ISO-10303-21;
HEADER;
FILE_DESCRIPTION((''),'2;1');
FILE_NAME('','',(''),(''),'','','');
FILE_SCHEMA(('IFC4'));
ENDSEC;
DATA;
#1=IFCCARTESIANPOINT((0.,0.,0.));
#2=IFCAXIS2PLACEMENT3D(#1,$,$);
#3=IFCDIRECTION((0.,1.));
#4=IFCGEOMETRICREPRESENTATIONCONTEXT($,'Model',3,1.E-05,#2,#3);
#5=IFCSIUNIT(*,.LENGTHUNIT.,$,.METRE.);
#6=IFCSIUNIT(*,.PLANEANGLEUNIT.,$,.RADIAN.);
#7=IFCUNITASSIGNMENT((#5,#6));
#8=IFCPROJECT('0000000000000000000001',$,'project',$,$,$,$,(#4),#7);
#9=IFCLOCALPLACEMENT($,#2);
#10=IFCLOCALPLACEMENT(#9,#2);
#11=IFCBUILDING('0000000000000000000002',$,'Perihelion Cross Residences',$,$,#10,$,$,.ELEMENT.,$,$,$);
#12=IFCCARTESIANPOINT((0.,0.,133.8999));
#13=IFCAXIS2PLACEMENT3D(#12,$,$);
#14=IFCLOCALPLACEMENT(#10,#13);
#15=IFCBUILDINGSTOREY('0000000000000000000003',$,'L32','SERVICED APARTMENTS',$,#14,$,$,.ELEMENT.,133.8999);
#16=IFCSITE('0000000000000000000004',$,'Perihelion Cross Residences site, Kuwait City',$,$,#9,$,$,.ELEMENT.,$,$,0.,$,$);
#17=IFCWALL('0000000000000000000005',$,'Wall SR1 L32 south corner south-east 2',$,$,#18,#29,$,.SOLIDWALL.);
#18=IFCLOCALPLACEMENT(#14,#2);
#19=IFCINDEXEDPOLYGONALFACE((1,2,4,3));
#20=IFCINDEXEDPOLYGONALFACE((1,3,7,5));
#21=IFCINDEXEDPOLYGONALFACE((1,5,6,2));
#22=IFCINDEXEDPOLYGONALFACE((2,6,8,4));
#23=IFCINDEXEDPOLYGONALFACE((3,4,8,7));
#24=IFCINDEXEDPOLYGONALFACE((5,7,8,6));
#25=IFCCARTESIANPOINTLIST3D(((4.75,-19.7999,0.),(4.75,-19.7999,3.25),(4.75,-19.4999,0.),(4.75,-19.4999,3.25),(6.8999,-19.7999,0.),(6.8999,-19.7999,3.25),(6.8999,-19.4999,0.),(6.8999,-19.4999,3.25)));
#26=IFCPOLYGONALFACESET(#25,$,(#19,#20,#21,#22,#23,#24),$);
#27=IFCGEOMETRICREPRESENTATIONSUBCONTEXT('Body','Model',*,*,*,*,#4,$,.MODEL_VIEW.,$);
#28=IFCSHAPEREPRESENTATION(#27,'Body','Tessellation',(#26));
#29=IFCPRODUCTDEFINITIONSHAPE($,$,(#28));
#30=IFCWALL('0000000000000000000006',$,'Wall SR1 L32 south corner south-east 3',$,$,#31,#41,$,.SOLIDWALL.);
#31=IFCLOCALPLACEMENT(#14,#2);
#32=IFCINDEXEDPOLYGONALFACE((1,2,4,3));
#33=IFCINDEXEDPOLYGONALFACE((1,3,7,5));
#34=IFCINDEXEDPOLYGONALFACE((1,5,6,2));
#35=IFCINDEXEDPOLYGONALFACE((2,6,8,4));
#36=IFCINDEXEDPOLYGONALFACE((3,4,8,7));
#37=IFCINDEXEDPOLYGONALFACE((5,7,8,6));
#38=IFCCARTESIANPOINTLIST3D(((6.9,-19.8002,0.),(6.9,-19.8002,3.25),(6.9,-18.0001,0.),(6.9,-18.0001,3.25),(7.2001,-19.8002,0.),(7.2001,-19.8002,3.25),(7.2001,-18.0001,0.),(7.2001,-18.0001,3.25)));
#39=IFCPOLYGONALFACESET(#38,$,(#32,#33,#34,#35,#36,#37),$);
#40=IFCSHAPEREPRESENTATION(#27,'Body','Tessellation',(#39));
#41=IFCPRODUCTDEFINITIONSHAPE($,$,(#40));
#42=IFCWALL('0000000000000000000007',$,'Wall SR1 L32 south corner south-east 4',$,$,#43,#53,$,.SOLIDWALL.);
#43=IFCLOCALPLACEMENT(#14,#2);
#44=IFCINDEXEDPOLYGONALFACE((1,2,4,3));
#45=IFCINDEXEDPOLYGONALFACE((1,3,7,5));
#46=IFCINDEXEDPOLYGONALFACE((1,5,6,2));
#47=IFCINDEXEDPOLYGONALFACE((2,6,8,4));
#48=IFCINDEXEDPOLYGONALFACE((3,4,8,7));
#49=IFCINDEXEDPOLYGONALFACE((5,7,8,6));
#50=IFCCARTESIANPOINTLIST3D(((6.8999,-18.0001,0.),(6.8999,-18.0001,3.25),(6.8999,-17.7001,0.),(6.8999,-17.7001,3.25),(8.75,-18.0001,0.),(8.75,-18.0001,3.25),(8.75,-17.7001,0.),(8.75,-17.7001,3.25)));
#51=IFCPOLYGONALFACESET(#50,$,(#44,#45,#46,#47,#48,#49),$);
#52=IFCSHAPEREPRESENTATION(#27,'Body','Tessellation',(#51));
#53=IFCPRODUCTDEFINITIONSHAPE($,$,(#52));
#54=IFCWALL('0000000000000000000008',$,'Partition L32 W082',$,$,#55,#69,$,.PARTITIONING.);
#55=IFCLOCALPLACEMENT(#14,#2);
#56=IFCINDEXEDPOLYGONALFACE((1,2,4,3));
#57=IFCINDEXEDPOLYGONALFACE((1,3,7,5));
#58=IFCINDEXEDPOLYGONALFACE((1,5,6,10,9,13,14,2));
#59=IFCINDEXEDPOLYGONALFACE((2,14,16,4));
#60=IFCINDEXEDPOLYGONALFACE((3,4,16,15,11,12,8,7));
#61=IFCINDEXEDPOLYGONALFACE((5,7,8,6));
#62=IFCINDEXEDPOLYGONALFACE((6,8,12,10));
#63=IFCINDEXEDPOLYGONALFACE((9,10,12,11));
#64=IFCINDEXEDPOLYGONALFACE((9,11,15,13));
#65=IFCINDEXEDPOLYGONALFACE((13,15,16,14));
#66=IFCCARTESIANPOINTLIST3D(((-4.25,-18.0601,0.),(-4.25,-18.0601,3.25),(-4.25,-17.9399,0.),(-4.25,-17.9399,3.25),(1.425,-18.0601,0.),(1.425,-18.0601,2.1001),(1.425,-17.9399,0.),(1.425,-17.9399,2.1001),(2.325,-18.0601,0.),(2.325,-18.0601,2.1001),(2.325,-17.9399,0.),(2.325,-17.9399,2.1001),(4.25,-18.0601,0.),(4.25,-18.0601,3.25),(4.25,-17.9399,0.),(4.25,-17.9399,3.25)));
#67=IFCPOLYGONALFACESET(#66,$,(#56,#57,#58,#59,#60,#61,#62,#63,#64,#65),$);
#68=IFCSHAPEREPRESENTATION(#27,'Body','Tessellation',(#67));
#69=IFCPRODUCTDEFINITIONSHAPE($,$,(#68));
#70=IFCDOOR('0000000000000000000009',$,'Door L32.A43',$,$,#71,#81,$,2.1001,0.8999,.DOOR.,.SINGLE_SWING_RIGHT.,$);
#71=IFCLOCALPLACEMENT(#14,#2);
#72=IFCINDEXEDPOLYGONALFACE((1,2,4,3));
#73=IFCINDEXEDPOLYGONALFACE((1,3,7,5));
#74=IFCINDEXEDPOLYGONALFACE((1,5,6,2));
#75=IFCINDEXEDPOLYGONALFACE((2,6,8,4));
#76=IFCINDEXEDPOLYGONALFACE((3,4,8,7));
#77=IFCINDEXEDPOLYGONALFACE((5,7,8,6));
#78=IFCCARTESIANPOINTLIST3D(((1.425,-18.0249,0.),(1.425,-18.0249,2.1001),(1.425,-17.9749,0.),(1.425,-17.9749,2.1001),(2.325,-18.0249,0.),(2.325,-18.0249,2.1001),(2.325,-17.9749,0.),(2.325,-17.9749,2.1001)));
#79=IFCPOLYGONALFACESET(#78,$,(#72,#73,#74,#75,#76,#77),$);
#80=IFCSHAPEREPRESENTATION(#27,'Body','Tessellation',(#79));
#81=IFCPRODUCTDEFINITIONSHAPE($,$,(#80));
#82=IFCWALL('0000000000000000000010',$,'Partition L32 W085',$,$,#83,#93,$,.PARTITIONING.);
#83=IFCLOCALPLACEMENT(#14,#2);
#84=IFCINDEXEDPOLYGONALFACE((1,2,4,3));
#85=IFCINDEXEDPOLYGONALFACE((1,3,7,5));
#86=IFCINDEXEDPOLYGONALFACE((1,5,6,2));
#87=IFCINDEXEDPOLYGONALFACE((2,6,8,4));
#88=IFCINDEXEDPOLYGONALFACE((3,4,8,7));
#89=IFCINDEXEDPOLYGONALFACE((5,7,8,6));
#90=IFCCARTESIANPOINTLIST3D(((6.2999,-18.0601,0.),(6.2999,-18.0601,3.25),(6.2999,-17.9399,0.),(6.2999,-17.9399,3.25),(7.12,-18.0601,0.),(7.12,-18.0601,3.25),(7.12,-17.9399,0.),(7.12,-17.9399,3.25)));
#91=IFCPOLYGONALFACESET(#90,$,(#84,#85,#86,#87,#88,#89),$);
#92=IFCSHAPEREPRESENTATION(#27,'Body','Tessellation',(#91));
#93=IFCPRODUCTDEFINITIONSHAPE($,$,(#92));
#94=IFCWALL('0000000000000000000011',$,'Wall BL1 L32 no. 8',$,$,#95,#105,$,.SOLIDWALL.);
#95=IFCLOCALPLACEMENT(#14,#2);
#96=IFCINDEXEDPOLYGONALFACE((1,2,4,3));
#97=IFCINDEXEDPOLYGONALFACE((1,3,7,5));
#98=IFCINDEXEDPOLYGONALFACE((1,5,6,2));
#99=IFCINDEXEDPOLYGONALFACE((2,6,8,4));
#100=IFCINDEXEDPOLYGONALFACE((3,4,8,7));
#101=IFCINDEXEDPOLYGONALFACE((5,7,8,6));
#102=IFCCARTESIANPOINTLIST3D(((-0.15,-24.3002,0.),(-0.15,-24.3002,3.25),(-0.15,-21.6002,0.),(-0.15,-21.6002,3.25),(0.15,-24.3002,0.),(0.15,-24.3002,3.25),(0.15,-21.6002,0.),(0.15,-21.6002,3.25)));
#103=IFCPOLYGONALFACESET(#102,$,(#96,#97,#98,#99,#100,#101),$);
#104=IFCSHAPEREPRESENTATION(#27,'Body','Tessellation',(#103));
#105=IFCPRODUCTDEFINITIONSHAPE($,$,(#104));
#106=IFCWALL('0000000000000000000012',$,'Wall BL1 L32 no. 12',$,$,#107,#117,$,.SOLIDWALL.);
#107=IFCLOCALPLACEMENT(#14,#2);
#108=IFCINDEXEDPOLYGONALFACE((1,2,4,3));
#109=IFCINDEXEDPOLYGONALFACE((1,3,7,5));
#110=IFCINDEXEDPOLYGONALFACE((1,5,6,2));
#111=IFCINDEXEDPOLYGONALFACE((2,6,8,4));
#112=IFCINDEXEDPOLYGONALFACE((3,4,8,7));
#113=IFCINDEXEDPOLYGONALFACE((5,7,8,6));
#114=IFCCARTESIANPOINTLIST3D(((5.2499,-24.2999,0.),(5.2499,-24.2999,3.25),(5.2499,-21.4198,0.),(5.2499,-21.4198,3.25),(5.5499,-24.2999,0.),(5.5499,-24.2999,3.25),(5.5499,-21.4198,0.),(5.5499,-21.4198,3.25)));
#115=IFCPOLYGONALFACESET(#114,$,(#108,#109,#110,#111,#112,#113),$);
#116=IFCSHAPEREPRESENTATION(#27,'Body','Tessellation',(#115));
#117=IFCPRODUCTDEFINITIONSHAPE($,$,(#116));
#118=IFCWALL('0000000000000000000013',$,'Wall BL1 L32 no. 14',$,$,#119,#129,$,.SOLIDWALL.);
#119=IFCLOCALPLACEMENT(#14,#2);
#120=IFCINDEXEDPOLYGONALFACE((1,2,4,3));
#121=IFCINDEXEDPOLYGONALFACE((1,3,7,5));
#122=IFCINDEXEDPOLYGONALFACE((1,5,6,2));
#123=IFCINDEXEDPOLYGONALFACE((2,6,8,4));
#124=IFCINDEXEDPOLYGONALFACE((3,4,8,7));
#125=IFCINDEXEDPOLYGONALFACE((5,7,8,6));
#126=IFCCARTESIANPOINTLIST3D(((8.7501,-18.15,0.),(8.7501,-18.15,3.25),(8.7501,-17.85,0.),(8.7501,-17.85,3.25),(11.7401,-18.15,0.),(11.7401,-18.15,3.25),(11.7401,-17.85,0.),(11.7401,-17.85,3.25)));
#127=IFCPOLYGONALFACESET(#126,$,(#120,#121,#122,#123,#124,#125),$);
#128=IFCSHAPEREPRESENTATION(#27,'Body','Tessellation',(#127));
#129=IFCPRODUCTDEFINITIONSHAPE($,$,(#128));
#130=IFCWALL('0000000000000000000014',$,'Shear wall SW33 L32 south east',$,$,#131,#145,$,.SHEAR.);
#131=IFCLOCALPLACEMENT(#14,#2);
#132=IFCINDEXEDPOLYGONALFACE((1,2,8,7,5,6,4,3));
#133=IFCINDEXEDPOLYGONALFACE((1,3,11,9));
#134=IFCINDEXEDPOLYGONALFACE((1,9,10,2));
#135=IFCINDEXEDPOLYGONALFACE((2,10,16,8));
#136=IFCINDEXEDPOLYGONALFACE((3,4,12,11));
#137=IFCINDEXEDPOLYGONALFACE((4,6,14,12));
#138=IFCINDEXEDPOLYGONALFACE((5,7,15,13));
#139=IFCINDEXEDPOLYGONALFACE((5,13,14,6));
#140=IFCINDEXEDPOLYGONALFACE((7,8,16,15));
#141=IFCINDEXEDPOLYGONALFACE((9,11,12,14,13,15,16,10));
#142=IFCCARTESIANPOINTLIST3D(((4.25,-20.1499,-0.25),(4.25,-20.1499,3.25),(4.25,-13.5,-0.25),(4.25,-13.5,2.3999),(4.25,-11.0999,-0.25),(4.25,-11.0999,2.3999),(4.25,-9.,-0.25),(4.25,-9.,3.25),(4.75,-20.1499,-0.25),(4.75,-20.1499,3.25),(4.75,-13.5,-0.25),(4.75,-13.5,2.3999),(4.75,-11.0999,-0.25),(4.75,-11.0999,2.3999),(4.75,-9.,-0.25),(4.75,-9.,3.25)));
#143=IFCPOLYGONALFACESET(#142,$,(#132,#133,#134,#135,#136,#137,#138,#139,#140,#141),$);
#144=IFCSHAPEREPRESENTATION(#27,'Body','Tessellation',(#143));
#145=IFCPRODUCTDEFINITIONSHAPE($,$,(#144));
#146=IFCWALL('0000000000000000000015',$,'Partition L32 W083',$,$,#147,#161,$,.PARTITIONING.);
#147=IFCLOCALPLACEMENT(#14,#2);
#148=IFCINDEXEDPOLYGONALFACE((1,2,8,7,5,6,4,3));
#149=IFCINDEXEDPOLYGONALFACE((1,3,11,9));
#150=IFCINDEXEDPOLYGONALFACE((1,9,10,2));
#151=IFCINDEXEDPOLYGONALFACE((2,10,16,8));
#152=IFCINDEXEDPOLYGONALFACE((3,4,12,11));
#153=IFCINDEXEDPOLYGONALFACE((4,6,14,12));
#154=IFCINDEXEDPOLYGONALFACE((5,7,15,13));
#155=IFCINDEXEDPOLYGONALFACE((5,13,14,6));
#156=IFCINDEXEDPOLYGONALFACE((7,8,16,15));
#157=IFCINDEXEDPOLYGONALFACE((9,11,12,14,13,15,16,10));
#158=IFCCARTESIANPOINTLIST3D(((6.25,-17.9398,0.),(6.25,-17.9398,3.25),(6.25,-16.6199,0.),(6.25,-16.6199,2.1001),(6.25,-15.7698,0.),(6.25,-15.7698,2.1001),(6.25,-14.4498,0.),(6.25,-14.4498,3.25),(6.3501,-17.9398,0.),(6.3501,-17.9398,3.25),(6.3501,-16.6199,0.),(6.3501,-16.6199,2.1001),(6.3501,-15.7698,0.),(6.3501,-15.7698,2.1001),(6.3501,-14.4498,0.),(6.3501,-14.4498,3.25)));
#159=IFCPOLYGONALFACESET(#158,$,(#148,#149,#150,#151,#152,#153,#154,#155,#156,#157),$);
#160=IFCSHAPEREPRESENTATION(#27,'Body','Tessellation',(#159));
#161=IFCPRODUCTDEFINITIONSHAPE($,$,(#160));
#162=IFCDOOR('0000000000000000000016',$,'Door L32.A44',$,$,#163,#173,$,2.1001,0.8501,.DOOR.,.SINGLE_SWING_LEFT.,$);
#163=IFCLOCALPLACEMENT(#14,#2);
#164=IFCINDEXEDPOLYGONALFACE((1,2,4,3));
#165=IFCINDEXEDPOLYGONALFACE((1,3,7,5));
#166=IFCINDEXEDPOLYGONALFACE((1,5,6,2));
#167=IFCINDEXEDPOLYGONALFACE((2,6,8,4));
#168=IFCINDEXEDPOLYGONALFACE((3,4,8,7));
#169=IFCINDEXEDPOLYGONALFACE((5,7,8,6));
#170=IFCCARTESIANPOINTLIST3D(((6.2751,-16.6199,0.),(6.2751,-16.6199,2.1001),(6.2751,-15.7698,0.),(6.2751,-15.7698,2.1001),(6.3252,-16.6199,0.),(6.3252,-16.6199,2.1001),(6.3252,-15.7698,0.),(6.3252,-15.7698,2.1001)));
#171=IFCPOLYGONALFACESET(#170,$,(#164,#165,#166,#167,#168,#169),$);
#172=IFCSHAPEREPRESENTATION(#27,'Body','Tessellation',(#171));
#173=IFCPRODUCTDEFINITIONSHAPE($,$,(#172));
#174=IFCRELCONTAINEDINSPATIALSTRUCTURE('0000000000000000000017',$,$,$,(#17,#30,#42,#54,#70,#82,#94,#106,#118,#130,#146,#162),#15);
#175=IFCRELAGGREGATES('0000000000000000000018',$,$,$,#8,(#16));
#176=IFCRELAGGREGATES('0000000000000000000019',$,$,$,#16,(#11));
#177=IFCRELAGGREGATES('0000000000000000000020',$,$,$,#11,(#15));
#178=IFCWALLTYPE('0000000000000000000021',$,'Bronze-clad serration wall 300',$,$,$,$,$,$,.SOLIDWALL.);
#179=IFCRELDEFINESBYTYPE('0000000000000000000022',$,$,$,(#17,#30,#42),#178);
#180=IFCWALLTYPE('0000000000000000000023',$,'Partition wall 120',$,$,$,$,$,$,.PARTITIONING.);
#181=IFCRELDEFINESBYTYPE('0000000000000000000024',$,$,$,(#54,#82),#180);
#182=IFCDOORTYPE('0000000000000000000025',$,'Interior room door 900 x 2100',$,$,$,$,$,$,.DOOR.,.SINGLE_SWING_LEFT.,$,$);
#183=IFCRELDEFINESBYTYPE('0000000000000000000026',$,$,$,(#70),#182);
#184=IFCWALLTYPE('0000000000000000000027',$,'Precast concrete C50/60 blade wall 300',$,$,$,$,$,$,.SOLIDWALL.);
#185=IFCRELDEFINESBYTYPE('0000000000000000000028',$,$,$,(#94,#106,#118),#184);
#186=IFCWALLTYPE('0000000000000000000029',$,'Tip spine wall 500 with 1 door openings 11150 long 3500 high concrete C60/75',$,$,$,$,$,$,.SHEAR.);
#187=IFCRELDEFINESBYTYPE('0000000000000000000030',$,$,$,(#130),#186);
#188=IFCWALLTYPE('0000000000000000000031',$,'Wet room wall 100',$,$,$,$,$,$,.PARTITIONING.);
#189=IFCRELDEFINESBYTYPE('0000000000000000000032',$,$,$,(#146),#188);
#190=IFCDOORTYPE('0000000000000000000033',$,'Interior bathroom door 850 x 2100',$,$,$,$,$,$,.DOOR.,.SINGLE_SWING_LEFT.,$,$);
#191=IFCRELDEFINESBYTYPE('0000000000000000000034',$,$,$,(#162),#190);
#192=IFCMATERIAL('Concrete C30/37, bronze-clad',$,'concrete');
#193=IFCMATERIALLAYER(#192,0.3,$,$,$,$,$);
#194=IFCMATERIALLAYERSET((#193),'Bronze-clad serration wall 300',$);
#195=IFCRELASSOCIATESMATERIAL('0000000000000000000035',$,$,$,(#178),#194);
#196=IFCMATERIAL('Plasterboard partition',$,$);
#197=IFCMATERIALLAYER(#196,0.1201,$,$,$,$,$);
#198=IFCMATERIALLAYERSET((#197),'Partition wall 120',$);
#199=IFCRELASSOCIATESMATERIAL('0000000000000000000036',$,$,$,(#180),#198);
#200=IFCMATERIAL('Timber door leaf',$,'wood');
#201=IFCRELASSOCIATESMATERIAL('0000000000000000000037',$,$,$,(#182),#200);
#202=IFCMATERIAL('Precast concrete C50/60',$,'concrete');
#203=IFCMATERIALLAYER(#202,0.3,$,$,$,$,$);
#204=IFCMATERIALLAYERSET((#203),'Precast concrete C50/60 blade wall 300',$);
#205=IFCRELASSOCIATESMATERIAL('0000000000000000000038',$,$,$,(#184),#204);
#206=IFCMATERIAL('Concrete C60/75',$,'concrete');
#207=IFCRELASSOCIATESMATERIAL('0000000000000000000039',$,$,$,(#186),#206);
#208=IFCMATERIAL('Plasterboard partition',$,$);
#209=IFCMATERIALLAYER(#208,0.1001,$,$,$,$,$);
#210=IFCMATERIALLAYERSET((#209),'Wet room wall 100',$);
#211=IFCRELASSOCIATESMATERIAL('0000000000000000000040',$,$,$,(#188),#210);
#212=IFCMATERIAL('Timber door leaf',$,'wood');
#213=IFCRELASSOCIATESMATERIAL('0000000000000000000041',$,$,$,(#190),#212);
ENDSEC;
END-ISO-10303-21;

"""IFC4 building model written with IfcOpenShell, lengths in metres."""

from ifc_helpers import new_model, si_unit, direction, frame, frame_2d, origin, place, context, subcontext, project, spatial, polyline, rectangle, outline, extrude, material, layer, layer_set, material_profile, profile_set, type_object, element, fill, save


model = new_model("IFC4")

# Units and contexts
model_context = context("Model", 3, precision=1e-05, world=origin(), true_north=direction((0.0, 1.0)))
body_context = subcontext(model_context, "Body", "Model", "MODEL_VIEW")
ifc_project = project(units=[si_unit("LENGTHUNIT", "METRE"), si_unit("PLANEANGLEUNIT", "RADIAN")], contexts=[model_context])

# Site, building, storey
site_placement = place(None, origin())
site = spatial("IfcSite", under=ifc_project, at=site_placement, Name="Perihelion Cross Residences site, Kuwait City", CompositionType="ELEMENT", RefElevation=0.0)
building_placement = place(site_placement, origin())
building = spatial("IfcBuilding", under=site, at=building_placement, Name="Perihelion Cross Residences", CompositionType="ELEMENT")
storey_placement = place(building_placement, frame((0.0, 0.0, 133.8999)))
storey = spatial("IfcBuildingStorey", under=building, at=storey_placement, Name="L32", Description="SERVICED APARTMENTS", CompositionType="ELEMENT", Elevation=133.8999)

# Walls
ifc_material_1 = material(Name="Concrete C30/37, bronze-clad", Category="concrete")
ifc_layer_1 = layer(ifc_material_1, 0.3)
ifc_layer_set_1 = layer_set([ifc_layer_1], Name="Bronze-clad serration wall 300")
wall_type_1 = type_object("IfcWallType", Name="Bronze-clad serration wall 300", PredefinedType="SOLIDWALL", material=ifc_layer_set_1)
wall_1_placement = place(storey_placement, frame((4.75, -19.6499, 0.0), z_axis=(0.0, 0.0, 1.0), x_axis=(1.0, 0.0, 0.0)))
element("IfcWall", 1, at=wall_1_placement, inside=storey, type_object=wall_type_1, Name="Wall SR1 L32 south corner south-east 2", PredefinedType="SOLIDWALL", context=body_context, shape_type="SweptSolid", body=[
    extrude(rectangle(XDim=2.1499, YDim=0.3, at=frame_2d((1.075, 0.0))), origin(), (0.0, 0.0, 1.0), 3.25),
])
wall_2_placement = place(storey_placement, frame((7.05, -19.8, 0.0), z_axis=(0.0, 0.0, 1.0), x_axis=(0.0, 1.0, 0.0)))
element("IfcWall", 2, at=wall_2_placement, inside=storey, type_object=wall_type_1, Name="Wall SR1 L32 south corner south-east 3", PredefinedType="SOLIDWALL", context=body_context, shape_type="SweptSolid", body=[
    extrude(rectangle(XDim=1.8, YDim=0.3, at=frame_2d((0.8999, 0.0))), origin(), (0.0, 0.0, 1.0), 3.25),
])
wall_3_placement = place(storey_placement, frame((6.8999, -17.8501, 0.0), z_axis=(0.0, 0.0, 1.0), x_axis=(1.0, 0.0, 0.0)))
element("IfcWall", 3, at=wall_3_placement, inside=storey, type_object=wall_type_1, Name="Wall SR1 L32 south corner south-east 4", PredefinedType="SOLIDWALL", context=body_context, shape_type="SweptSolid", body=[
    extrude(rectangle(XDim=1.8501, YDim=0.3, at=frame_2d((0.925, 0.0))), origin(), (0.0, 0.0, 1.0), 3.25),
])

# Wall, opening, door
ifc_material_2 = material(Name="Plasterboard partition")
ifc_layer_2 = layer(ifc_material_2, 0.1201)
ifc_layer_set_2 = layer_set([ifc_layer_2], Name="Partition wall 120")
wall_type_2 = type_object("IfcWallType", Name="Partition wall 120", PredefinedType="PARTITIONING", material=ifc_layer_set_2)
wall_4_placement = place(storey_placement, frame((4.25, -18.0, 0.0), z_axis=(0.0, 0.0, 1.0), x_axis=(-1.0, 0.0, 0.0)))
wall_4 = element("IfcWall", 4, at=wall_4_placement, inside=storey, type_object=wall_type_2, Name="Partition L32 W082", PredefinedType="PARTITIONING", context=body_context, shape_type="SweptSolid", body=[
    extrude(rectangle(XDim=8.5, YDim=0.1201, at=frame_2d((4.25, 0.0))), origin(), (0.0, 0.0, 1.0), 3.25),
])
opening_1_placement = place(wall_4_placement, frame((1.925, 0.0, 0.0)))
opening_1 = element("IfcOpeningElement", 5, at=opening_1_placement, cuts=wall_4, PredefinedType="OPENING", context=body_context, shape_type="SweptSolid", body=[
    extrude(rectangle(XDim=0.8999, YDim=2.1001, at=frame_2d((0.45, 1.05))), frame((0.0, 0.0701, 0.0), z_axis=(0.0, -1.0, 0.0), x_axis=(1.0, 0.0, 0.0)), (0.0, 0.0, 1.0), 0.1401),
])
ifc_material_3 = material(Name="Timber door leaf", Category="wood")
door_type_1 = type_object("IfcDoorType", Name="Interior room door 900 x 2100", OperationType="SINGLE_SWING_LEFT", PredefinedType="DOOR", material=ifc_material_3)
door_1_placement = place(opening_1_placement, origin())
door_1 = element("IfcDoor", 6, at=door_1_placement, inside=storey, type_object=door_type_1, Name="Door L32.A43", OperationType="SINGLE_SWING_RIGHT", OverallHeight=2.1001, OverallWidth=0.8999, PredefinedType="DOOR", context=body_context, shape_type="SweptSolid", body=[
    extrude(rectangle(XDim=0.8999, YDim=2.1001, at=frame_2d((0.45, 1.05))), frame((0.0, 0.0249, 0.0), z_axis=(0.0, -1.0, 0.0), x_axis=(1.0, 0.0, 0.0)), (0.0, 0.0, 1.0), 0.05),
])
fill(opening_1, door_1)

# Walls
wall_5_placement = place(storey_placement, frame((7.1201, -18.0, 0.0), z_axis=(0.0, 0.0, 1.0), x_axis=(-1.0, 0.0, 0.0)))
element("IfcWall", 7, at=wall_5_placement, inside=storey, type_object=wall_type_2, Name="Partition L32 W085", PredefinedType="PARTITIONING", context=body_context, shape_type="SweptSolid", body=[
    extrude(rectangle(XDim=0.8201, YDim=0.1201, at=frame_2d((0.4102, 0.0))), origin(), (0.0, 0.0, 1.0), 3.25),
])
ifc_material_4 = material(Name="Precast concrete C50/60", Category="concrete")
ifc_layer_3 = layer(ifc_material_4, 0.3)
ifc_layer_set_3 = layer_set([ifc_layer_3], Name="Precast concrete C50/60 blade wall 300")
wall_type_3 = type_object("IfcWallType", Name="Precast concrete C50/60 blade wall 300", PredefinedType="SOLIDWALL", material=ifc_layer_set_3)
wall_6_placement = place(storey_placement, frame((0.0, -21.6001, 0.0), z_axis=(0.0, 0.0, 1.0), x_axis=(0.0, -1.0, 0.0)))
element("IfcWall", 8, at=wall_6_placement, inside=storey, type_object=wall_type_3, Name="Wall BL1 L32 no. 8", PredefinedType="SOLIDWALL", context=body_context, shape_type="SweptSolid", body=[
    extrude(rectangle(XDim=2.7, YDim=0.3, at=frame_2d((1.3501, 0.0))), origin(), (0.0, 0.0, 1.0), 3.25),
])
wall_7_placement = place(storey_placement, frame((5.3999, -21.4199, 0.0), z_axis=(0.0, 0.0, 1.0), x_axis=(0.0, -1.0, 0.0)))
element("IfcWall", 9, at=wall_7_placement, inside=storey, type_object=wall_type_3, Name="Wall BL1 L32 no. 12", PredefinedType="SOLIDWALL", context=body_context, shape_type="SweptSolid", body=[
    extrude(rectangle(XDim=2.8801, YDim=0.3, at=frame_2d((1.4399, 0.0))), origin(), (0.0, 0.0, 1.0), 3.25),
])
wall_8_placement = place(storey_placement, frame((8.75, -18.0, 0.0), z_axis=(0.0, 0.0, 1.0), x_axis=(1.0, 0.0, 0.0)))
element("IfcWall", 10, at=wall_8_placement, inside=storey, type_object=wall_type_3, Name="Wall BL1 L32 no. 14", PredefinedType="SOLIDWALL", context=body_context, shape_type="SweptSolid", body=[
    extrude(rectangle(XDim=2.99, YDim=0.3, at=frame_2d((1.4951, 0.0))), origin(), (0.0, 0.0, 1.0), 3.25),
])
ifc_material_5 = material(Name="Concrete C60/75", Category="concrete")
ifc_material_profile_1 = material_profile(ifc_material_5, outline(polyline([(0.0, 0.0), (6.6499, 0.0), (6.6499, 2.6499), (9.05, 2.6499), (9.05, 0.0), (11.1499, 0.0), (11.1499, 3.5), (0.0, 3.5), (0.0, 0.0)])), Name="Tip spine wall")
ifc_profile_set_1 = profile_set([ifc_material_profile_1], Name="Concrete C60/75")
wall_type_4 = type_object("IfcWallType", Name="Tip spine wall 500 with 1 door openings 11150 long 3500 high concrete C60/75", PredefinedType="SHEAR", material=ifc_profile_set_1)
wall_9_placement = place(storey_placement, frame((4.25, -20.1499, -0.25), z_axis=(1.0, 0.0, 0.0), x_axis=(0.0, 1.0, 0.0)))
element("IfcWall", 11, at=wall_9_placement, inside=storey, type_object=wall_type_4, Name="Shear wall SW33 L32 south east", PredefinedType="SHEAR", context=body_context, shape_type="SweptSolid", body=[
    extrude(outline(polyline([(0.0, 0.0), (6.6499, 0.0), (6.6499, 2.6499), (9.05, 2.6499), (9.05, 0.0), (11.1499, 0.0), (11.1499, 3.5), (0.0, 3.5), (0.0, 0.0)])), origin(), (0.0, 0.0, 1.0), 0.5),
])

# Wall, opening, door
ifc_material_6 = material(Name="Plasterboard partition")
ifc_layer_4 = layer(ifc_material_6, 0.1001)
ifc_layer_set_4 = layer_set([ifc_layer_4], Name="Wet room wall 100")
wall_type_5 = type_object("IfcWallType", Name="Wet room wall 100", PredefinedType="PARTITIONING", material=ifc_layer_set_4)
wall_10_placement = place(storey_placement, frame((6.3, -17.9399, 0.0), z_axis=(0.0, 0.0, 1.0), x_axis=(0.0, 1.0, 0.0)))
wall_10 = element("IfcWall", 12, at=wall_10_placement, inside=storey, type_object=wall_type_5, Name="Partition L32 W083", PredefinedType="PARTITIONING", context=body_context, shape_type="SweptSolid", body=[
    extrude(rectangle(XDim=3.49, YDim=0.1001, at=frame_2d((1.7451, 0.0))), origin(), (0.0, 0.0, 1.0), 3.25),
])
opening_2_placement = place(wall_10_placement, frame((1.3201, 0.0, 0.0)))
opening_2 = element("IfcOpeningElement", 13, at=opening_2_placement, cuts=wall_10, PredefinedType="OPENING", context=body_context, shape_type="SweptSolid", body=[
    extrude(rectangle(XDim=0.8501, YDim=2.1001, at=frame_2d((0.425, 1.05))), frame((0.0, 0.0601, 0.0), z_axis=(0.0, -1.0, 0.0), x_axis=(1.0, 0.0, 0.0)), (0.0, 0.0, 1.0), 0.1201),
])
ifc_material_7 = material(Name="Timber door leaf", Category="wood")
door_type_2 = type_object("IfcDoorType", Name="Interior bathroom door 850 x 2100", OperationType="SINGLE_SWING_LEFT", PredefinedType="DOOR", material=ifc_material_7)
door_2_placement = place(opening_2_placement, origin())
door_2 = element("IfcDoor", 14, at=door_2_placement, inside=storey, type_object=door_type_2, Name="Door L32.A44", OperationType="SINGLE_SWING_LEFT", OverallHeight=2.1001, OverallWidth=0.8501, PredefinedType="DOOR", context=body_context, shape_type="SweptSolid", body=[
    extrude(rectangle(XDim=0.8501, YDim=2.1001, at=frame_2d((0.425, 1.05))), frame((0.0, 0.0249, 0.0), z_axis=(0.0, -1.0, 0.0), x_axis=(1.0, 0.0, 0.0)), (0.0, 0.0, 1.0), 0.05),
])
fill(opening_2, door_2)

save(model, "model.ifc")
